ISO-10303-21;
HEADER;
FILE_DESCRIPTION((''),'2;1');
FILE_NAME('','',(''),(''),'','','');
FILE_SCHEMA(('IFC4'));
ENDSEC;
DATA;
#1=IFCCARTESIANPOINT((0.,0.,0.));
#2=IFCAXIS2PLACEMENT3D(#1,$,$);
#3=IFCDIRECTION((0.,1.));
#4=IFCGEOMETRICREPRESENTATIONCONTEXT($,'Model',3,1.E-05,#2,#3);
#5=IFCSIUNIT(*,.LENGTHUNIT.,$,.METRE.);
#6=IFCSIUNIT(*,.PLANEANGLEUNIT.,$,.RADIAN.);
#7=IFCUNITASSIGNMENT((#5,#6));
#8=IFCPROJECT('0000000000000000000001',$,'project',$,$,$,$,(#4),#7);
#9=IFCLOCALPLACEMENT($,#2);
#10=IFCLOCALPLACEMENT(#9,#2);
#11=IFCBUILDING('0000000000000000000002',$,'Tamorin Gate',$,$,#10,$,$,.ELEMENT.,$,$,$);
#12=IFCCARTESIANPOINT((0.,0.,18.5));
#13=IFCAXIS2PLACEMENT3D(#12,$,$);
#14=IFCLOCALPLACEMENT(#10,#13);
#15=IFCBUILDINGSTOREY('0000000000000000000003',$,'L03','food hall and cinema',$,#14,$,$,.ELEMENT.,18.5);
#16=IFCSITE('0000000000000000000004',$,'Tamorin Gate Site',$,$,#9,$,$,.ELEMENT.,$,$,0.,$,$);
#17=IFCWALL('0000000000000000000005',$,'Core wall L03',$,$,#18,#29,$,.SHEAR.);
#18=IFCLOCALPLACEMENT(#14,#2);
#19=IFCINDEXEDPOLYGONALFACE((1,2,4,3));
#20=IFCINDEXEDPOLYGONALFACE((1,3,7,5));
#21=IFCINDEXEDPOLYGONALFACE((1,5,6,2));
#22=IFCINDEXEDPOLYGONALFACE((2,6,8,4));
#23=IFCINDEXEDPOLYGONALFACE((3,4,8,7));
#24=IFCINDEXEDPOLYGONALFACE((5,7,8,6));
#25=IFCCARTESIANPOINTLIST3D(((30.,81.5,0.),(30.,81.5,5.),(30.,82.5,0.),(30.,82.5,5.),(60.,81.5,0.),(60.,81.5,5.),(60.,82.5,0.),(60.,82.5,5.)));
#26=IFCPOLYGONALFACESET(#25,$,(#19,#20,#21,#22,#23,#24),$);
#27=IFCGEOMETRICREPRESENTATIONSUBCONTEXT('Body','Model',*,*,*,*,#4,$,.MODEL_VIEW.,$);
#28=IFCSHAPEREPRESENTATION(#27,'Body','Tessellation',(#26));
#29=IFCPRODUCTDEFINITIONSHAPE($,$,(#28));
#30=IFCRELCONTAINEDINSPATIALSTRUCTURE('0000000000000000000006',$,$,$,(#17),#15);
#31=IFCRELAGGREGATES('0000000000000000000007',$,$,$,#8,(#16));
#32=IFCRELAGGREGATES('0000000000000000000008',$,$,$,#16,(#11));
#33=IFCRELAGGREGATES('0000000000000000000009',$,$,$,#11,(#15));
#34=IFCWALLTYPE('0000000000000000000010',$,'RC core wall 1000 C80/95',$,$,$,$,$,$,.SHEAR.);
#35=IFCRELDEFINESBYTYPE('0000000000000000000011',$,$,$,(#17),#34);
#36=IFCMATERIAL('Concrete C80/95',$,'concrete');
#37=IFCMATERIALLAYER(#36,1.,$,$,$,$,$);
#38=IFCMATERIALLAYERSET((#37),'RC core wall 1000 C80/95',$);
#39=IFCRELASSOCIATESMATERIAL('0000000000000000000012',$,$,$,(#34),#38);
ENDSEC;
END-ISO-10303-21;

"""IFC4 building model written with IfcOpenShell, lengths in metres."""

from ifc_helpers import new_model, si_unit, direction, frame, frame_2d, origin, place, context, subcontext, project, spatial, rectangle, extrude, material, layer, layer_set, type_object, element, save


model = new_model("IFC4")

# Units and contexts
model_context = context("Model", 3, precision=1e-05, world=origin(), true_north=direction((0.0, 1.0)))
body_context = subcontext(model_context, "Body", "Model", "MODEL_VIEW")
ifc_project = project(units=[si_unit("LENGTHUNIT", "METRE"), si_unit("PLANEANGLEUNIT", "RADIAN")], contexts=[model_context])

# Site, building, storey
site_placement = place(None, origin())
site = spatial("IfcSite", under=ifc_project, at=site_placement, Name="Tamorin Gate Site", CompositionType="ELEMENT", RefElevation=0.0)
building_placement = place(site_placement, origin())
building = spatial("IfcBuilding", under=site, at=building_placement, Name="Tamorin Gate", CompositionType="ELEMENT")
storey_placement = place(building_placement, frame((0.0, 0.0, 18.5)))
storey = spatial("IfcBuildingStorey", under=building, at=storey_placement, Name="L03", Description="food hall and cinema", CompositionType="ELEMENT", Elevation=18.5)

# Shared definitions
ifc_material_1 = material(Name="Concrete C80/95", Category="concrete")

# Wall
ifc_layer_1 = layer(ifc_material_1, 1.0)
ifc_layer_set_1 = layer_set([ifc_layer_1], Name="RC core wall 1000 C80/95")
wall_type_1 = type_object("IfcWallType", Name="RC core wall 1000 C80/95", PredefinedType="SHEAR", material=ifc_layer_set_1)
wall_1_placement = place(storey_placement, frame((30.0, 82.0, 0.0), z_axis=(0.0, 0.0, 1.0), x_axis=(1.0, 0.0, 0.0)))
element("IfcWall", 1, at=wall_1_placement, inside=storey, type_object=wall_type_1, Name="Core wall L03", PredefinedType="SHEAR", context=body_context, shape_type="SweptSolid", body=[
    extrude(rectangle(XDim=30.0, YDim=1.0, at=frame_2d((15.0, 0.0))), origin(), (0.0, 0.0, 1.0), 5.0),
])

save(model, "model.ifc")
